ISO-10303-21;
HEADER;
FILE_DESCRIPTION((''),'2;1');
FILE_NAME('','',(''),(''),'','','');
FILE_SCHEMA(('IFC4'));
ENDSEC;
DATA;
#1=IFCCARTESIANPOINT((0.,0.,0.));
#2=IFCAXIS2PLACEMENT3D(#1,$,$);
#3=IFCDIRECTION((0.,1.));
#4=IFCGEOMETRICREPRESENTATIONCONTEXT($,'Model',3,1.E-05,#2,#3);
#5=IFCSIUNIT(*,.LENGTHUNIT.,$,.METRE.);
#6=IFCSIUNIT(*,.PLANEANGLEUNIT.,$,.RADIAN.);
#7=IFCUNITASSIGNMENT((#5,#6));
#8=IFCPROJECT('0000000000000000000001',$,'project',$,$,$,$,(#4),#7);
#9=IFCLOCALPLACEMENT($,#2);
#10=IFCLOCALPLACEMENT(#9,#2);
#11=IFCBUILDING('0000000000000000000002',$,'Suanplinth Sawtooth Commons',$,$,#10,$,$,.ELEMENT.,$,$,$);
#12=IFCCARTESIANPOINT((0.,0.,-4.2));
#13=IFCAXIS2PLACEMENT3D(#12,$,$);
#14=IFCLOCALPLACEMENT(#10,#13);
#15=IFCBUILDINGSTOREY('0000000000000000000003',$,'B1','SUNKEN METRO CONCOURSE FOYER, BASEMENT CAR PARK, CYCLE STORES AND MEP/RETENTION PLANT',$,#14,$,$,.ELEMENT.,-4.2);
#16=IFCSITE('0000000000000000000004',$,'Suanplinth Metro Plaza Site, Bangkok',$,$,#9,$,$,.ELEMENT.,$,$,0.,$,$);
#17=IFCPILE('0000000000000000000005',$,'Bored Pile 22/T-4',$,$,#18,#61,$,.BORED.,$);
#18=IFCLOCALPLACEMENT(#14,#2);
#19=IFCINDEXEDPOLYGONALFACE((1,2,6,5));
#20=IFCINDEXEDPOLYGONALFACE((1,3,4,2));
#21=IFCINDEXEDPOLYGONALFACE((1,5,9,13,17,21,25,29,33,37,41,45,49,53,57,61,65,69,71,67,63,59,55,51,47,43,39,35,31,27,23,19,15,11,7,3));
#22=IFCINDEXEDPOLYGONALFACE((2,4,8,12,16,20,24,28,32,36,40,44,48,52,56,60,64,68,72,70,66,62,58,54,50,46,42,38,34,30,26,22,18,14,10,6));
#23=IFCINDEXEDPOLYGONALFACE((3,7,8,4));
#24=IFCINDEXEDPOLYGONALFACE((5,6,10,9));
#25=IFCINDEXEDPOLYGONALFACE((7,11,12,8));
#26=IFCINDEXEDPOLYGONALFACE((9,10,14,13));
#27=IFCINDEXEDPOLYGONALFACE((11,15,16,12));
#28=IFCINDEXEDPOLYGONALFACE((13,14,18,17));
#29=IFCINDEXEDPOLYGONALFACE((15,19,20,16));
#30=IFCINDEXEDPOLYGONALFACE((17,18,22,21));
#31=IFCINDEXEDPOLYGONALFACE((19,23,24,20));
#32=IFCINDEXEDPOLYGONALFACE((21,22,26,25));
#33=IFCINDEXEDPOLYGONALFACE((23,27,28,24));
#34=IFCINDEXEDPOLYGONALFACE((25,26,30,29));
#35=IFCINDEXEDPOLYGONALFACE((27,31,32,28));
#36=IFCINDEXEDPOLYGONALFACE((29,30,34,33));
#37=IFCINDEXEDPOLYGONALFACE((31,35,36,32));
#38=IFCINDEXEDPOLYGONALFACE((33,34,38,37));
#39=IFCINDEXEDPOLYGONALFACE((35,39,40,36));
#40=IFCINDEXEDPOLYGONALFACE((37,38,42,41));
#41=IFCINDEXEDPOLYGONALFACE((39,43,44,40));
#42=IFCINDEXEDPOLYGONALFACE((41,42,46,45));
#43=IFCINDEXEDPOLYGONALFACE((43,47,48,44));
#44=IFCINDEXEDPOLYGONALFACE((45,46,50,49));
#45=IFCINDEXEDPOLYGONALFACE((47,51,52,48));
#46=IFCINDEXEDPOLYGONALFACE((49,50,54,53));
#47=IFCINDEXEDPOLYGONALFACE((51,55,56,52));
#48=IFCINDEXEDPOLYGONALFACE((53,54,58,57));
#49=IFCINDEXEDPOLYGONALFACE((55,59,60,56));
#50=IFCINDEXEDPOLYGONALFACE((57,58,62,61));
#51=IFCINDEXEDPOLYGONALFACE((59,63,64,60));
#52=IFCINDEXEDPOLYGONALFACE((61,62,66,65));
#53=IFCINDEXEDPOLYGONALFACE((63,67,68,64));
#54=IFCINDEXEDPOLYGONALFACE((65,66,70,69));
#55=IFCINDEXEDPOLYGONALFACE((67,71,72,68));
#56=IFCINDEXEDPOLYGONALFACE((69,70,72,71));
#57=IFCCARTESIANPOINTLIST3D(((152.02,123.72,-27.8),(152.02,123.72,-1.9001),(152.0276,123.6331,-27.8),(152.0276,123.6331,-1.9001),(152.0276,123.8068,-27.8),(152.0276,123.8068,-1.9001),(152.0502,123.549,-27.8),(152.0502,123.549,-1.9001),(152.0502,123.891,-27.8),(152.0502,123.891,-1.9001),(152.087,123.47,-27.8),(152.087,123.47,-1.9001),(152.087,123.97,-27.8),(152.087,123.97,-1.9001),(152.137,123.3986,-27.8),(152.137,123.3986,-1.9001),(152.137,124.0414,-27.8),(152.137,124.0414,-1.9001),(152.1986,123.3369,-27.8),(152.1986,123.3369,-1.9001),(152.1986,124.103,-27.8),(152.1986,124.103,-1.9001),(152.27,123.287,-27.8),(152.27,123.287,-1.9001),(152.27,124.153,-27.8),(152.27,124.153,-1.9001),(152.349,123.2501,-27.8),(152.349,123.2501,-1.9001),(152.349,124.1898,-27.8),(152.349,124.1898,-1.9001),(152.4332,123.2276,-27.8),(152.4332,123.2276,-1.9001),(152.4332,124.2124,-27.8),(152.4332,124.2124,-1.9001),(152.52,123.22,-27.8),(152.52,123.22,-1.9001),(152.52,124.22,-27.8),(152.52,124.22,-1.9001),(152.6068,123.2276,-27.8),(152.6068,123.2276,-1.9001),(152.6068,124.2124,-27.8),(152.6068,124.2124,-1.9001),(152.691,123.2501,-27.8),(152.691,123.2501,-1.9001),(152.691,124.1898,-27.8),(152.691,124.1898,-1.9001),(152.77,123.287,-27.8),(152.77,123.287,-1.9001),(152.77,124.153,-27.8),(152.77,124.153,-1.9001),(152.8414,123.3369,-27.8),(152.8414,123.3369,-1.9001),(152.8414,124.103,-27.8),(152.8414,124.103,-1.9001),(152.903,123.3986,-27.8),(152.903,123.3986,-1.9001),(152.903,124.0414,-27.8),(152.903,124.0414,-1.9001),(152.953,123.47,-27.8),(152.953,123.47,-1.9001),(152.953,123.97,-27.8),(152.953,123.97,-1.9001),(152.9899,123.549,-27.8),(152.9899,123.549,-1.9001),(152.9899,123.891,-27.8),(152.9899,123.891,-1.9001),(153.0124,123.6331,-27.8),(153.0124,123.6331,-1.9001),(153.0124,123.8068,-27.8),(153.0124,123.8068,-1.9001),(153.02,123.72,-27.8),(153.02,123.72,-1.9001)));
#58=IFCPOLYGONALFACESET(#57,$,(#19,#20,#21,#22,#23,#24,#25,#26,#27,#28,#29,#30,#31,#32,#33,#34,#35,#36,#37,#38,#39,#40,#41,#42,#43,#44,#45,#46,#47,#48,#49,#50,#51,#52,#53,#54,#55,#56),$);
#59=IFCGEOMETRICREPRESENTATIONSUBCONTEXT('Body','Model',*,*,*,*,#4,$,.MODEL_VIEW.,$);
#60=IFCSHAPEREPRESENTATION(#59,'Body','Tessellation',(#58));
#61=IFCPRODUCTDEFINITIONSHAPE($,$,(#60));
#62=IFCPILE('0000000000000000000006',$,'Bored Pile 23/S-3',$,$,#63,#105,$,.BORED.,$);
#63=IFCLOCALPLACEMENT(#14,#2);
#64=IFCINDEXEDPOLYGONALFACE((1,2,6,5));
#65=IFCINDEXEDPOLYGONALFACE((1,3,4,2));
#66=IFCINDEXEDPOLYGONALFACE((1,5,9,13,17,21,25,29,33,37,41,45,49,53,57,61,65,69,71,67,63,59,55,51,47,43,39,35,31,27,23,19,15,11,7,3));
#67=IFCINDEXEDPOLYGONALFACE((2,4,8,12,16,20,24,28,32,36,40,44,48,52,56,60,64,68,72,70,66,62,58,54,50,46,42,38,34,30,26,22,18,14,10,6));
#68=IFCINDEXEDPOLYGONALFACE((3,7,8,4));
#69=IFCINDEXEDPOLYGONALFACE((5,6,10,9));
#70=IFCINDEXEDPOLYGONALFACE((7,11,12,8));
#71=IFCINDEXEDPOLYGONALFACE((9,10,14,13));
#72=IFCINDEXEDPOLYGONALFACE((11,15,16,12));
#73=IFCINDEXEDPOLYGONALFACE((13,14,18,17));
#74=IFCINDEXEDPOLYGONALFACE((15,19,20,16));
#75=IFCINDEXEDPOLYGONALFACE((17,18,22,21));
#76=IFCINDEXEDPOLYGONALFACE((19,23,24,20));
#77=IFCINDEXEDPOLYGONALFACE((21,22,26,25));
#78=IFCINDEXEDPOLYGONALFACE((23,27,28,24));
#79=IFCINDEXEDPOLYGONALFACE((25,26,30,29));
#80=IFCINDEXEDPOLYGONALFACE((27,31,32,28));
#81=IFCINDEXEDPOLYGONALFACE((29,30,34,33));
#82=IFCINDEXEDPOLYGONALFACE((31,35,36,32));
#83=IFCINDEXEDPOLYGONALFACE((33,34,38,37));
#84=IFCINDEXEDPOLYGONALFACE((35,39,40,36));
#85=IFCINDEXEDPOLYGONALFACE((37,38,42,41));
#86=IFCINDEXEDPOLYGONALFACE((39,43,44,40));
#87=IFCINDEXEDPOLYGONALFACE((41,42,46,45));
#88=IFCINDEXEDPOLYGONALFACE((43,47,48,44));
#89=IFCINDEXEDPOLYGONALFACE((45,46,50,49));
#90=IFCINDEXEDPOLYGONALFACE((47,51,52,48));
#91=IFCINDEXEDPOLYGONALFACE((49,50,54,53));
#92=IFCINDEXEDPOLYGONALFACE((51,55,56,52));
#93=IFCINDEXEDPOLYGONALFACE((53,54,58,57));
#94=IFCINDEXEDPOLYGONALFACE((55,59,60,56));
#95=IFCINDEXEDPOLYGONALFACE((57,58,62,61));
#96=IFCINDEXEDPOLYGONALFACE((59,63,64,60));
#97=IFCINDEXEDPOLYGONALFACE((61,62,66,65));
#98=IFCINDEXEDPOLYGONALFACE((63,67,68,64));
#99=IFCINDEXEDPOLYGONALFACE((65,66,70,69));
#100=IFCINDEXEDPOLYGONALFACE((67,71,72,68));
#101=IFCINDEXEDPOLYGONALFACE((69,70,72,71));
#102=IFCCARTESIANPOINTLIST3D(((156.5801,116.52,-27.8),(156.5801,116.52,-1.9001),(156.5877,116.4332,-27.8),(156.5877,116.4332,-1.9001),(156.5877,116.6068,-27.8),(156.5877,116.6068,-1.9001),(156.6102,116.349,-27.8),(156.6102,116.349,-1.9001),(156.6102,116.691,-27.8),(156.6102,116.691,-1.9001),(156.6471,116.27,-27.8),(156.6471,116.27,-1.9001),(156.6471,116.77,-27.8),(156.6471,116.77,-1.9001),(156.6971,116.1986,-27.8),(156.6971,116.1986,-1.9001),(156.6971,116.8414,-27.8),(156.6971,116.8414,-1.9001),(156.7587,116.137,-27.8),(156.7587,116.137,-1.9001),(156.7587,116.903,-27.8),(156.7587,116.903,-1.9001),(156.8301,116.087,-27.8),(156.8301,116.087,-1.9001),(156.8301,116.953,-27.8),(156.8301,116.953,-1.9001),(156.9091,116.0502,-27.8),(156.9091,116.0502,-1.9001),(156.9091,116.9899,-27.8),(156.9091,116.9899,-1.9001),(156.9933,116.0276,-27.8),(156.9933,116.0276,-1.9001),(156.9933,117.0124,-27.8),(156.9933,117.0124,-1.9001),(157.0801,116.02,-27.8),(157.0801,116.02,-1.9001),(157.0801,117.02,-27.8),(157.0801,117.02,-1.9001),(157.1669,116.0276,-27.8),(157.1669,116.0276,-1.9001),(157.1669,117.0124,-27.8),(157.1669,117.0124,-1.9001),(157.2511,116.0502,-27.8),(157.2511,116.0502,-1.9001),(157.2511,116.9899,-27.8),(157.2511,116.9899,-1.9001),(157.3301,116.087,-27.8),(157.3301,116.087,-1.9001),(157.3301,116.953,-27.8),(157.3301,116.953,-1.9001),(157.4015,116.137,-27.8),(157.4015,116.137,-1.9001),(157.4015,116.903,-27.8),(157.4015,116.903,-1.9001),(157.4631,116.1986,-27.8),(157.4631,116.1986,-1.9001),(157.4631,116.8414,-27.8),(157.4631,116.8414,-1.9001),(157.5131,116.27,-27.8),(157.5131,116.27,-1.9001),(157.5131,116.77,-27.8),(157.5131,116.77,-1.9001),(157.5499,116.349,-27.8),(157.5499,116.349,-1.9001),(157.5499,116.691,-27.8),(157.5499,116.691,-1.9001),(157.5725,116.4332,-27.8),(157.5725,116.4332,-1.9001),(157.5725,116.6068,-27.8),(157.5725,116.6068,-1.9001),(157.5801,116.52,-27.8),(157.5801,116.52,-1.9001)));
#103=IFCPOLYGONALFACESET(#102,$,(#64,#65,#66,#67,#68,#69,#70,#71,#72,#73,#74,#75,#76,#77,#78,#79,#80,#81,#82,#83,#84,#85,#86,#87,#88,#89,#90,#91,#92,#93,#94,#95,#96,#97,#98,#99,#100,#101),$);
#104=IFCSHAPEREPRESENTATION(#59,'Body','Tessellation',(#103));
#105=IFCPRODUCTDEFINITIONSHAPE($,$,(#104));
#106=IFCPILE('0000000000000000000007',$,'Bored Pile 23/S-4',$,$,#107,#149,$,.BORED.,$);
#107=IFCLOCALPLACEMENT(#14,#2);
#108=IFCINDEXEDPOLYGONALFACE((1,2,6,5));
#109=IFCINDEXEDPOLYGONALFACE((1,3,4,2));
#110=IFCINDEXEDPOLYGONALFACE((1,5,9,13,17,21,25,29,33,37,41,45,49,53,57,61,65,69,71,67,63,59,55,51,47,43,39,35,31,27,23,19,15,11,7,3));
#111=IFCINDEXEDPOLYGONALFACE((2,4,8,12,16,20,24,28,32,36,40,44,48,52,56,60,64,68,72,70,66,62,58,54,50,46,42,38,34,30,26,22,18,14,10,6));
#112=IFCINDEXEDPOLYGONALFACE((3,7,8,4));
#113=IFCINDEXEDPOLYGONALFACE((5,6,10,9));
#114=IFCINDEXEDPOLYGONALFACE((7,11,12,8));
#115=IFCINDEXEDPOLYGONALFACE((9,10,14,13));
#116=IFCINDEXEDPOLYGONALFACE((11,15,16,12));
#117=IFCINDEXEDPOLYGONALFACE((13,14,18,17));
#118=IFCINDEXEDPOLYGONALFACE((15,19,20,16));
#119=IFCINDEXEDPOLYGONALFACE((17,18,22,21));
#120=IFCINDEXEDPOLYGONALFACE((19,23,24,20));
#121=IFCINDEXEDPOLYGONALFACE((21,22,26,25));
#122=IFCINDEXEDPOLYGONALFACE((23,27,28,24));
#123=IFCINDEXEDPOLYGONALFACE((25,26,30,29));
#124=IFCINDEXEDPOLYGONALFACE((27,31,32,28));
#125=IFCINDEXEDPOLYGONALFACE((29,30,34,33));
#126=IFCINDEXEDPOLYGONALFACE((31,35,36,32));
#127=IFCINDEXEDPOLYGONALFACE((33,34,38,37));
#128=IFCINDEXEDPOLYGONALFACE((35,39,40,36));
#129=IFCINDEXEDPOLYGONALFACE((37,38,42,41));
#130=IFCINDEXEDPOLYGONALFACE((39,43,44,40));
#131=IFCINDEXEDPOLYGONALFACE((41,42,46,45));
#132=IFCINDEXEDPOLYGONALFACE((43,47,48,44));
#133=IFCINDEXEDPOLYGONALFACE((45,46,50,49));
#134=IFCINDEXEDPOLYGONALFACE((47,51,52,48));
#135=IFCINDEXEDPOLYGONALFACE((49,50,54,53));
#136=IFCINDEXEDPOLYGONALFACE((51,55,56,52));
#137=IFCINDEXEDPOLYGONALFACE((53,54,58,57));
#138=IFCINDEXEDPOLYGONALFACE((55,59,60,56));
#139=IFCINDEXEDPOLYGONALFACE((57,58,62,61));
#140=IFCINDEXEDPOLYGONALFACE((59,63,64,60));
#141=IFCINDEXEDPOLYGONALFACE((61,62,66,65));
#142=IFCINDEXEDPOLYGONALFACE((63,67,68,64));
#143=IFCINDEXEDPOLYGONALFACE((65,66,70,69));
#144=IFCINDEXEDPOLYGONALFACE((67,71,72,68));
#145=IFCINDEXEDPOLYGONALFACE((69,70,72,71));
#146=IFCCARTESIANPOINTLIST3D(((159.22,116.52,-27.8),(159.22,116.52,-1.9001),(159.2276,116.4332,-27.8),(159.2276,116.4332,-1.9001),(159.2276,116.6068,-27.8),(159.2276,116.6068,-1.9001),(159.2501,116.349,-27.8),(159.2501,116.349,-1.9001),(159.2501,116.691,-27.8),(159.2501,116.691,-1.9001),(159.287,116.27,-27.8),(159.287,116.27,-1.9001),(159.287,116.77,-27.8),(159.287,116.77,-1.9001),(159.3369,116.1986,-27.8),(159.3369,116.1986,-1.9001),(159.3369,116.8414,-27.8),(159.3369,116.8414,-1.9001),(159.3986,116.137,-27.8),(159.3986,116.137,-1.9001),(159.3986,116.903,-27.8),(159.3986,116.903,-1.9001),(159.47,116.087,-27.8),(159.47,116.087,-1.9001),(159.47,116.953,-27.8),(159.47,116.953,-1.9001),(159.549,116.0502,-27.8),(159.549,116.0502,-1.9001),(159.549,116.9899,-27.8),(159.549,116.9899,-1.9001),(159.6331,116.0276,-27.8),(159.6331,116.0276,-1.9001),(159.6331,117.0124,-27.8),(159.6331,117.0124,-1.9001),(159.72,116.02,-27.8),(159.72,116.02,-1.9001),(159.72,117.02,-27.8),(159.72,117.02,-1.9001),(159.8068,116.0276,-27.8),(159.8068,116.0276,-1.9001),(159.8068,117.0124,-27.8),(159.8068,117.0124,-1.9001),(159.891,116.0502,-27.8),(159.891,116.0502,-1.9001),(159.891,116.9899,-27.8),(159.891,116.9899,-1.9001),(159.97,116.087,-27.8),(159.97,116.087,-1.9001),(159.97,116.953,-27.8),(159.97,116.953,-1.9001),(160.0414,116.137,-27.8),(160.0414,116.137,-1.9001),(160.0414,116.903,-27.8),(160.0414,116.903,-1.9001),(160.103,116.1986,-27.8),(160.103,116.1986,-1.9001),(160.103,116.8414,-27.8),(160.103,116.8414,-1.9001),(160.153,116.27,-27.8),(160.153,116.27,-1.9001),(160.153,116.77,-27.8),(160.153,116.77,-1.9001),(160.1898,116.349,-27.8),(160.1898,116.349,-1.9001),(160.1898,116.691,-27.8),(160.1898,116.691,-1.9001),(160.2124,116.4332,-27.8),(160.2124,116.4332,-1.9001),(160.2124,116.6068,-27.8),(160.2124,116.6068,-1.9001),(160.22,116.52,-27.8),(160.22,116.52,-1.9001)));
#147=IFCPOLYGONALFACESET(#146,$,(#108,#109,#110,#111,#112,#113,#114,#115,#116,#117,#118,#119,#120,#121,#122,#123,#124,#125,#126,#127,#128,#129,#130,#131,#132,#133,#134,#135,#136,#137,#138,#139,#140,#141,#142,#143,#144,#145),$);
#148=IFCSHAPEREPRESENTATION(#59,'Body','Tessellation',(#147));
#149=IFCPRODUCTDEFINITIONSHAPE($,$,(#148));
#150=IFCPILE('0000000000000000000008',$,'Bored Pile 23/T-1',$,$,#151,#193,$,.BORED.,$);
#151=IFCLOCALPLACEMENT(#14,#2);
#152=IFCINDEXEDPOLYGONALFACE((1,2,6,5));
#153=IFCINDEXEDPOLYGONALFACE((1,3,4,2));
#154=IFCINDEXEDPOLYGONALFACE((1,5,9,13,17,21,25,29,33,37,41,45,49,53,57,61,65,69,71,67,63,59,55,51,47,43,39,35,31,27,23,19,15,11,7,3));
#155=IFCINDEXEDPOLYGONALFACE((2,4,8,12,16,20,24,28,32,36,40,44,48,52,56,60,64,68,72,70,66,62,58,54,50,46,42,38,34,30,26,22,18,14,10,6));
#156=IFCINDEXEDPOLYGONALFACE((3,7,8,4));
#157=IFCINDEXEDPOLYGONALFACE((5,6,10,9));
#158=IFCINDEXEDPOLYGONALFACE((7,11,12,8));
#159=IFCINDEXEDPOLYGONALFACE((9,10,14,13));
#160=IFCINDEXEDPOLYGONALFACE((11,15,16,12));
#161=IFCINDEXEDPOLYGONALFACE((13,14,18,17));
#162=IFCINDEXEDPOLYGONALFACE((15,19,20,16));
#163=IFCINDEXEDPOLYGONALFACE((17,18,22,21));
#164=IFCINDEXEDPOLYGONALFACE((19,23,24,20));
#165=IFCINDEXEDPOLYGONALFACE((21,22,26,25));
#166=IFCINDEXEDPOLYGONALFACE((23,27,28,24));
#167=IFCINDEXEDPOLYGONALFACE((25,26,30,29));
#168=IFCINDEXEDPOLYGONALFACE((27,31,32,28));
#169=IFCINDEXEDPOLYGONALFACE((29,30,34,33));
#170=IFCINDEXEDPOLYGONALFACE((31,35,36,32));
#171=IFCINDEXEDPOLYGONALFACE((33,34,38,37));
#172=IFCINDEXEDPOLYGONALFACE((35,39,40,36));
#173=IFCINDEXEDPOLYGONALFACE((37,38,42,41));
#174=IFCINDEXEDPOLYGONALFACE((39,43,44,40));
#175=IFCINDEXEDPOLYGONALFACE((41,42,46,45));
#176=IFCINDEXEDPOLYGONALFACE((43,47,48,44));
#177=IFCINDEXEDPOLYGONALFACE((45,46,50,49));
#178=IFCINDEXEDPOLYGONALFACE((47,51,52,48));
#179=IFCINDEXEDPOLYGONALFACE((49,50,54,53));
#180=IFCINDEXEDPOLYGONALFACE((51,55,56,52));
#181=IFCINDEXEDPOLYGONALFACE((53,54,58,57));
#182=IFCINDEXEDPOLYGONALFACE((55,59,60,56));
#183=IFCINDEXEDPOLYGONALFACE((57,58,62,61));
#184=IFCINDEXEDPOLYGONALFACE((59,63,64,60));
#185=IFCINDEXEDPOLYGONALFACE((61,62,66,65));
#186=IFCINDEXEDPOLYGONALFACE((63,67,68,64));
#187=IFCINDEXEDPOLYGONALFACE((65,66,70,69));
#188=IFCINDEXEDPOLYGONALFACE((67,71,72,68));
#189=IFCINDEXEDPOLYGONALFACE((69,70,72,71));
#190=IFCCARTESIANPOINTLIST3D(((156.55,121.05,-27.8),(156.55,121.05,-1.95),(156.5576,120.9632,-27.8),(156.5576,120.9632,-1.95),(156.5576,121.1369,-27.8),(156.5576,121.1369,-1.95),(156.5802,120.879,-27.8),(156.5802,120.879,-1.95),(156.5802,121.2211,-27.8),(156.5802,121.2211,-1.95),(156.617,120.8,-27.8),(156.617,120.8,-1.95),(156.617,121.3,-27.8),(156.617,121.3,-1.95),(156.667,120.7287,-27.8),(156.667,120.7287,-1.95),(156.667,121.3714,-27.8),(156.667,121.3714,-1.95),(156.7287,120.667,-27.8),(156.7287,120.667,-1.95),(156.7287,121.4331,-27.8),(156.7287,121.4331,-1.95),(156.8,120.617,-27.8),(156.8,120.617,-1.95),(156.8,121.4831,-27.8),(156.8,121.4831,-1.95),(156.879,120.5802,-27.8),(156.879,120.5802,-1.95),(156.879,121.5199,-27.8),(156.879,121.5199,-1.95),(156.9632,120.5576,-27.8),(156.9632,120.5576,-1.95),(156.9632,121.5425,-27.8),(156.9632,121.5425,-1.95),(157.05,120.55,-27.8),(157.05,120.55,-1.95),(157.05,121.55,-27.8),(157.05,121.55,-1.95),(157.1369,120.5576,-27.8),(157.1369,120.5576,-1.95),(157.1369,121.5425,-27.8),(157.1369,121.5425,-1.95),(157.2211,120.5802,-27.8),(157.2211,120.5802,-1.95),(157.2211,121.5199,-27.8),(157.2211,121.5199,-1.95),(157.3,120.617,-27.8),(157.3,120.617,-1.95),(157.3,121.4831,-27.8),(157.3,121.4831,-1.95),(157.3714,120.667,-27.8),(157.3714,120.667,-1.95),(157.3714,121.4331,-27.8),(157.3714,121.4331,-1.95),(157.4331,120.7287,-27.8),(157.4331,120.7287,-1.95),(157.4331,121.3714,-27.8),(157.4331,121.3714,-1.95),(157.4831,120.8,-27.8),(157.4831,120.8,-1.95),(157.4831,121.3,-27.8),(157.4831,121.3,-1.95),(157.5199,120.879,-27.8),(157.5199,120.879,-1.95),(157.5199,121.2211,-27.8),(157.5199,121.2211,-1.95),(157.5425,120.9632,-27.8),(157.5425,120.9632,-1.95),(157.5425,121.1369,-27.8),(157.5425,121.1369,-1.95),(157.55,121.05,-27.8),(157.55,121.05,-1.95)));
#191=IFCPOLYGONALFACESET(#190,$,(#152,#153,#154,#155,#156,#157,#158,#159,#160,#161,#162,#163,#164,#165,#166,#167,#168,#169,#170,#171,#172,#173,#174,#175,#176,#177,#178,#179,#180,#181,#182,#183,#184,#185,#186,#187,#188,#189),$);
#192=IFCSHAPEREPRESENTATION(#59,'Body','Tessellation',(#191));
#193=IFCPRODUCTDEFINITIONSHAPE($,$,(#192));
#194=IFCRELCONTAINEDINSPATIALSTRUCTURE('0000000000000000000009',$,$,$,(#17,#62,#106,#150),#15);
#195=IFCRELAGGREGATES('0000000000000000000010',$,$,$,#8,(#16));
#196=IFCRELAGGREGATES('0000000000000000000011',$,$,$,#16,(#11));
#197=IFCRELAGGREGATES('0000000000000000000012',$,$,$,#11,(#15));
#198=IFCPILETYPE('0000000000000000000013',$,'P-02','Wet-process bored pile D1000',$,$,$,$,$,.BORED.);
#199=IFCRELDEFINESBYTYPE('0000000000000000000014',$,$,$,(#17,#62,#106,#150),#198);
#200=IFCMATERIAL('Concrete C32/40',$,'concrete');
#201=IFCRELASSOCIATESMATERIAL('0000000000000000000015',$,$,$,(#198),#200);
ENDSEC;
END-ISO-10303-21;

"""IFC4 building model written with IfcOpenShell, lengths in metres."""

from ifc_helpers import new_model, si_unit, direction, frame, origin, origin_2d, place, context, subcontext, project, spatial, circle, extrude, material, material_profile, profile_set, type_object, element, save


model = new_model("IFC4")

# Units and contexts
model_context = context("Model", 3, precision=1e-05, world=origin(), true_north=direction((0.0, 1.0)))
body_context = subcontext(model_context, "Body", "Model", "MODEL_VIEW")
ifc_project = project(units=[si_unit("LENGTHUNIT", "METRE"), si_unit("PLANEANGLEUNIT", "RADIAN")], contexts=[model_context])

# Site, building, storey
site_placement = place(None, origin())
site = spatial("IfcSite", under=ifc_project, at=site_placement, Name="Suanplinth Metro Plaza Site, Bangkok", CompositionType="ELEMENT", RefElevation=0.0)
building_placement = place(site_placement, origin())
building = spatial("IfcBuilding", under=site, at=building_placement, Name="Suanplinth Sawtooth Commons", CompositionType="ELEMENT")
storey_placement = place(building_placement, frame((0.0, 0.0, -4.2)))
storey = spatial("IfcBuildingStorey", under=building, at=storey_placement, Name="B1", Description="SUNKEN METRO CONCOURSE FOYER, BASEMENT CAR PARK, CYCLE STORES AND MEP/RETENTION PLANT", CompositionType="ELEMENT", Elevation=-4.2)

# Piles
ifc_material_1 = material(Name="Concrete C32/40", Category="concrete")
ifc_material_profile_1 = material_profile(ifc_material_1, circle(Radius=0.5, at=origin_2d()), Name="PILE D1000")
ifc_profile_set_1 = profile_set([ifc_material_profile_1], Name="Concrete C32/40")
pile_type = type_object("IfcPileType", Name="P-02", Description="Wet-process bored pile D1000", PredefinedType="BORED", material=ifc_profile_set_1)
for number, where, z_axis, x_axis, name in (
    (1, (152.52, 123.72, -1.9001), (0.0, 0.0, -1.0), (1.0, 0.0, 0.0), "Bored Pile 22/T-4"),
    (2, (157.0801, 116.52, -1.9001), (0.0, 0.0, -1.0), (1.0, 0.0, 0.0), "Bored Pile 23/S-3"),
    (3, (159.72, 116.52, -1.9001), (0.0, 0.0, -1.0), (1.0, 0.0, 0.0), "Bored Pile 23/S-4"),
):
    element("IfcPile", number, at=place(storey_placement, frame(where, z_axis=z_axis, x_axis=x_axis)), inside=storey, type_object=pile_type, Name=name, PredefinedType="BORED", context=body_context, shape_type="SweptSolid", body=[
        extrude(circle(Radius=0.5, at=origin_2d()), origin(), (0.0, 0.0, 1.0), 25.8999),
    ])
for number, where, z_axis, x_axis, name in (
    (4, (157.05, 121.05, -1.95), (0.0, 0.0, -1.0), (1.0, 0.0, 0.0), "Bored Pile 23/T-1"),
):
    element("IfcPile", number, at=place(storey_placement, frame(where, z_axis=z_axis, x_axis=x_axis)), inside=storey, type_object=pile_type, Name=name, PredefinedType="BORED", context=body_context, shape_type="SweptSolid", body=[
        extrude(circle(Radius=0.5, at=origin_2d()), origin(), (0.0, 0.0, 1.0), 25.8501),
    ])

save(model, "model.ifc")
